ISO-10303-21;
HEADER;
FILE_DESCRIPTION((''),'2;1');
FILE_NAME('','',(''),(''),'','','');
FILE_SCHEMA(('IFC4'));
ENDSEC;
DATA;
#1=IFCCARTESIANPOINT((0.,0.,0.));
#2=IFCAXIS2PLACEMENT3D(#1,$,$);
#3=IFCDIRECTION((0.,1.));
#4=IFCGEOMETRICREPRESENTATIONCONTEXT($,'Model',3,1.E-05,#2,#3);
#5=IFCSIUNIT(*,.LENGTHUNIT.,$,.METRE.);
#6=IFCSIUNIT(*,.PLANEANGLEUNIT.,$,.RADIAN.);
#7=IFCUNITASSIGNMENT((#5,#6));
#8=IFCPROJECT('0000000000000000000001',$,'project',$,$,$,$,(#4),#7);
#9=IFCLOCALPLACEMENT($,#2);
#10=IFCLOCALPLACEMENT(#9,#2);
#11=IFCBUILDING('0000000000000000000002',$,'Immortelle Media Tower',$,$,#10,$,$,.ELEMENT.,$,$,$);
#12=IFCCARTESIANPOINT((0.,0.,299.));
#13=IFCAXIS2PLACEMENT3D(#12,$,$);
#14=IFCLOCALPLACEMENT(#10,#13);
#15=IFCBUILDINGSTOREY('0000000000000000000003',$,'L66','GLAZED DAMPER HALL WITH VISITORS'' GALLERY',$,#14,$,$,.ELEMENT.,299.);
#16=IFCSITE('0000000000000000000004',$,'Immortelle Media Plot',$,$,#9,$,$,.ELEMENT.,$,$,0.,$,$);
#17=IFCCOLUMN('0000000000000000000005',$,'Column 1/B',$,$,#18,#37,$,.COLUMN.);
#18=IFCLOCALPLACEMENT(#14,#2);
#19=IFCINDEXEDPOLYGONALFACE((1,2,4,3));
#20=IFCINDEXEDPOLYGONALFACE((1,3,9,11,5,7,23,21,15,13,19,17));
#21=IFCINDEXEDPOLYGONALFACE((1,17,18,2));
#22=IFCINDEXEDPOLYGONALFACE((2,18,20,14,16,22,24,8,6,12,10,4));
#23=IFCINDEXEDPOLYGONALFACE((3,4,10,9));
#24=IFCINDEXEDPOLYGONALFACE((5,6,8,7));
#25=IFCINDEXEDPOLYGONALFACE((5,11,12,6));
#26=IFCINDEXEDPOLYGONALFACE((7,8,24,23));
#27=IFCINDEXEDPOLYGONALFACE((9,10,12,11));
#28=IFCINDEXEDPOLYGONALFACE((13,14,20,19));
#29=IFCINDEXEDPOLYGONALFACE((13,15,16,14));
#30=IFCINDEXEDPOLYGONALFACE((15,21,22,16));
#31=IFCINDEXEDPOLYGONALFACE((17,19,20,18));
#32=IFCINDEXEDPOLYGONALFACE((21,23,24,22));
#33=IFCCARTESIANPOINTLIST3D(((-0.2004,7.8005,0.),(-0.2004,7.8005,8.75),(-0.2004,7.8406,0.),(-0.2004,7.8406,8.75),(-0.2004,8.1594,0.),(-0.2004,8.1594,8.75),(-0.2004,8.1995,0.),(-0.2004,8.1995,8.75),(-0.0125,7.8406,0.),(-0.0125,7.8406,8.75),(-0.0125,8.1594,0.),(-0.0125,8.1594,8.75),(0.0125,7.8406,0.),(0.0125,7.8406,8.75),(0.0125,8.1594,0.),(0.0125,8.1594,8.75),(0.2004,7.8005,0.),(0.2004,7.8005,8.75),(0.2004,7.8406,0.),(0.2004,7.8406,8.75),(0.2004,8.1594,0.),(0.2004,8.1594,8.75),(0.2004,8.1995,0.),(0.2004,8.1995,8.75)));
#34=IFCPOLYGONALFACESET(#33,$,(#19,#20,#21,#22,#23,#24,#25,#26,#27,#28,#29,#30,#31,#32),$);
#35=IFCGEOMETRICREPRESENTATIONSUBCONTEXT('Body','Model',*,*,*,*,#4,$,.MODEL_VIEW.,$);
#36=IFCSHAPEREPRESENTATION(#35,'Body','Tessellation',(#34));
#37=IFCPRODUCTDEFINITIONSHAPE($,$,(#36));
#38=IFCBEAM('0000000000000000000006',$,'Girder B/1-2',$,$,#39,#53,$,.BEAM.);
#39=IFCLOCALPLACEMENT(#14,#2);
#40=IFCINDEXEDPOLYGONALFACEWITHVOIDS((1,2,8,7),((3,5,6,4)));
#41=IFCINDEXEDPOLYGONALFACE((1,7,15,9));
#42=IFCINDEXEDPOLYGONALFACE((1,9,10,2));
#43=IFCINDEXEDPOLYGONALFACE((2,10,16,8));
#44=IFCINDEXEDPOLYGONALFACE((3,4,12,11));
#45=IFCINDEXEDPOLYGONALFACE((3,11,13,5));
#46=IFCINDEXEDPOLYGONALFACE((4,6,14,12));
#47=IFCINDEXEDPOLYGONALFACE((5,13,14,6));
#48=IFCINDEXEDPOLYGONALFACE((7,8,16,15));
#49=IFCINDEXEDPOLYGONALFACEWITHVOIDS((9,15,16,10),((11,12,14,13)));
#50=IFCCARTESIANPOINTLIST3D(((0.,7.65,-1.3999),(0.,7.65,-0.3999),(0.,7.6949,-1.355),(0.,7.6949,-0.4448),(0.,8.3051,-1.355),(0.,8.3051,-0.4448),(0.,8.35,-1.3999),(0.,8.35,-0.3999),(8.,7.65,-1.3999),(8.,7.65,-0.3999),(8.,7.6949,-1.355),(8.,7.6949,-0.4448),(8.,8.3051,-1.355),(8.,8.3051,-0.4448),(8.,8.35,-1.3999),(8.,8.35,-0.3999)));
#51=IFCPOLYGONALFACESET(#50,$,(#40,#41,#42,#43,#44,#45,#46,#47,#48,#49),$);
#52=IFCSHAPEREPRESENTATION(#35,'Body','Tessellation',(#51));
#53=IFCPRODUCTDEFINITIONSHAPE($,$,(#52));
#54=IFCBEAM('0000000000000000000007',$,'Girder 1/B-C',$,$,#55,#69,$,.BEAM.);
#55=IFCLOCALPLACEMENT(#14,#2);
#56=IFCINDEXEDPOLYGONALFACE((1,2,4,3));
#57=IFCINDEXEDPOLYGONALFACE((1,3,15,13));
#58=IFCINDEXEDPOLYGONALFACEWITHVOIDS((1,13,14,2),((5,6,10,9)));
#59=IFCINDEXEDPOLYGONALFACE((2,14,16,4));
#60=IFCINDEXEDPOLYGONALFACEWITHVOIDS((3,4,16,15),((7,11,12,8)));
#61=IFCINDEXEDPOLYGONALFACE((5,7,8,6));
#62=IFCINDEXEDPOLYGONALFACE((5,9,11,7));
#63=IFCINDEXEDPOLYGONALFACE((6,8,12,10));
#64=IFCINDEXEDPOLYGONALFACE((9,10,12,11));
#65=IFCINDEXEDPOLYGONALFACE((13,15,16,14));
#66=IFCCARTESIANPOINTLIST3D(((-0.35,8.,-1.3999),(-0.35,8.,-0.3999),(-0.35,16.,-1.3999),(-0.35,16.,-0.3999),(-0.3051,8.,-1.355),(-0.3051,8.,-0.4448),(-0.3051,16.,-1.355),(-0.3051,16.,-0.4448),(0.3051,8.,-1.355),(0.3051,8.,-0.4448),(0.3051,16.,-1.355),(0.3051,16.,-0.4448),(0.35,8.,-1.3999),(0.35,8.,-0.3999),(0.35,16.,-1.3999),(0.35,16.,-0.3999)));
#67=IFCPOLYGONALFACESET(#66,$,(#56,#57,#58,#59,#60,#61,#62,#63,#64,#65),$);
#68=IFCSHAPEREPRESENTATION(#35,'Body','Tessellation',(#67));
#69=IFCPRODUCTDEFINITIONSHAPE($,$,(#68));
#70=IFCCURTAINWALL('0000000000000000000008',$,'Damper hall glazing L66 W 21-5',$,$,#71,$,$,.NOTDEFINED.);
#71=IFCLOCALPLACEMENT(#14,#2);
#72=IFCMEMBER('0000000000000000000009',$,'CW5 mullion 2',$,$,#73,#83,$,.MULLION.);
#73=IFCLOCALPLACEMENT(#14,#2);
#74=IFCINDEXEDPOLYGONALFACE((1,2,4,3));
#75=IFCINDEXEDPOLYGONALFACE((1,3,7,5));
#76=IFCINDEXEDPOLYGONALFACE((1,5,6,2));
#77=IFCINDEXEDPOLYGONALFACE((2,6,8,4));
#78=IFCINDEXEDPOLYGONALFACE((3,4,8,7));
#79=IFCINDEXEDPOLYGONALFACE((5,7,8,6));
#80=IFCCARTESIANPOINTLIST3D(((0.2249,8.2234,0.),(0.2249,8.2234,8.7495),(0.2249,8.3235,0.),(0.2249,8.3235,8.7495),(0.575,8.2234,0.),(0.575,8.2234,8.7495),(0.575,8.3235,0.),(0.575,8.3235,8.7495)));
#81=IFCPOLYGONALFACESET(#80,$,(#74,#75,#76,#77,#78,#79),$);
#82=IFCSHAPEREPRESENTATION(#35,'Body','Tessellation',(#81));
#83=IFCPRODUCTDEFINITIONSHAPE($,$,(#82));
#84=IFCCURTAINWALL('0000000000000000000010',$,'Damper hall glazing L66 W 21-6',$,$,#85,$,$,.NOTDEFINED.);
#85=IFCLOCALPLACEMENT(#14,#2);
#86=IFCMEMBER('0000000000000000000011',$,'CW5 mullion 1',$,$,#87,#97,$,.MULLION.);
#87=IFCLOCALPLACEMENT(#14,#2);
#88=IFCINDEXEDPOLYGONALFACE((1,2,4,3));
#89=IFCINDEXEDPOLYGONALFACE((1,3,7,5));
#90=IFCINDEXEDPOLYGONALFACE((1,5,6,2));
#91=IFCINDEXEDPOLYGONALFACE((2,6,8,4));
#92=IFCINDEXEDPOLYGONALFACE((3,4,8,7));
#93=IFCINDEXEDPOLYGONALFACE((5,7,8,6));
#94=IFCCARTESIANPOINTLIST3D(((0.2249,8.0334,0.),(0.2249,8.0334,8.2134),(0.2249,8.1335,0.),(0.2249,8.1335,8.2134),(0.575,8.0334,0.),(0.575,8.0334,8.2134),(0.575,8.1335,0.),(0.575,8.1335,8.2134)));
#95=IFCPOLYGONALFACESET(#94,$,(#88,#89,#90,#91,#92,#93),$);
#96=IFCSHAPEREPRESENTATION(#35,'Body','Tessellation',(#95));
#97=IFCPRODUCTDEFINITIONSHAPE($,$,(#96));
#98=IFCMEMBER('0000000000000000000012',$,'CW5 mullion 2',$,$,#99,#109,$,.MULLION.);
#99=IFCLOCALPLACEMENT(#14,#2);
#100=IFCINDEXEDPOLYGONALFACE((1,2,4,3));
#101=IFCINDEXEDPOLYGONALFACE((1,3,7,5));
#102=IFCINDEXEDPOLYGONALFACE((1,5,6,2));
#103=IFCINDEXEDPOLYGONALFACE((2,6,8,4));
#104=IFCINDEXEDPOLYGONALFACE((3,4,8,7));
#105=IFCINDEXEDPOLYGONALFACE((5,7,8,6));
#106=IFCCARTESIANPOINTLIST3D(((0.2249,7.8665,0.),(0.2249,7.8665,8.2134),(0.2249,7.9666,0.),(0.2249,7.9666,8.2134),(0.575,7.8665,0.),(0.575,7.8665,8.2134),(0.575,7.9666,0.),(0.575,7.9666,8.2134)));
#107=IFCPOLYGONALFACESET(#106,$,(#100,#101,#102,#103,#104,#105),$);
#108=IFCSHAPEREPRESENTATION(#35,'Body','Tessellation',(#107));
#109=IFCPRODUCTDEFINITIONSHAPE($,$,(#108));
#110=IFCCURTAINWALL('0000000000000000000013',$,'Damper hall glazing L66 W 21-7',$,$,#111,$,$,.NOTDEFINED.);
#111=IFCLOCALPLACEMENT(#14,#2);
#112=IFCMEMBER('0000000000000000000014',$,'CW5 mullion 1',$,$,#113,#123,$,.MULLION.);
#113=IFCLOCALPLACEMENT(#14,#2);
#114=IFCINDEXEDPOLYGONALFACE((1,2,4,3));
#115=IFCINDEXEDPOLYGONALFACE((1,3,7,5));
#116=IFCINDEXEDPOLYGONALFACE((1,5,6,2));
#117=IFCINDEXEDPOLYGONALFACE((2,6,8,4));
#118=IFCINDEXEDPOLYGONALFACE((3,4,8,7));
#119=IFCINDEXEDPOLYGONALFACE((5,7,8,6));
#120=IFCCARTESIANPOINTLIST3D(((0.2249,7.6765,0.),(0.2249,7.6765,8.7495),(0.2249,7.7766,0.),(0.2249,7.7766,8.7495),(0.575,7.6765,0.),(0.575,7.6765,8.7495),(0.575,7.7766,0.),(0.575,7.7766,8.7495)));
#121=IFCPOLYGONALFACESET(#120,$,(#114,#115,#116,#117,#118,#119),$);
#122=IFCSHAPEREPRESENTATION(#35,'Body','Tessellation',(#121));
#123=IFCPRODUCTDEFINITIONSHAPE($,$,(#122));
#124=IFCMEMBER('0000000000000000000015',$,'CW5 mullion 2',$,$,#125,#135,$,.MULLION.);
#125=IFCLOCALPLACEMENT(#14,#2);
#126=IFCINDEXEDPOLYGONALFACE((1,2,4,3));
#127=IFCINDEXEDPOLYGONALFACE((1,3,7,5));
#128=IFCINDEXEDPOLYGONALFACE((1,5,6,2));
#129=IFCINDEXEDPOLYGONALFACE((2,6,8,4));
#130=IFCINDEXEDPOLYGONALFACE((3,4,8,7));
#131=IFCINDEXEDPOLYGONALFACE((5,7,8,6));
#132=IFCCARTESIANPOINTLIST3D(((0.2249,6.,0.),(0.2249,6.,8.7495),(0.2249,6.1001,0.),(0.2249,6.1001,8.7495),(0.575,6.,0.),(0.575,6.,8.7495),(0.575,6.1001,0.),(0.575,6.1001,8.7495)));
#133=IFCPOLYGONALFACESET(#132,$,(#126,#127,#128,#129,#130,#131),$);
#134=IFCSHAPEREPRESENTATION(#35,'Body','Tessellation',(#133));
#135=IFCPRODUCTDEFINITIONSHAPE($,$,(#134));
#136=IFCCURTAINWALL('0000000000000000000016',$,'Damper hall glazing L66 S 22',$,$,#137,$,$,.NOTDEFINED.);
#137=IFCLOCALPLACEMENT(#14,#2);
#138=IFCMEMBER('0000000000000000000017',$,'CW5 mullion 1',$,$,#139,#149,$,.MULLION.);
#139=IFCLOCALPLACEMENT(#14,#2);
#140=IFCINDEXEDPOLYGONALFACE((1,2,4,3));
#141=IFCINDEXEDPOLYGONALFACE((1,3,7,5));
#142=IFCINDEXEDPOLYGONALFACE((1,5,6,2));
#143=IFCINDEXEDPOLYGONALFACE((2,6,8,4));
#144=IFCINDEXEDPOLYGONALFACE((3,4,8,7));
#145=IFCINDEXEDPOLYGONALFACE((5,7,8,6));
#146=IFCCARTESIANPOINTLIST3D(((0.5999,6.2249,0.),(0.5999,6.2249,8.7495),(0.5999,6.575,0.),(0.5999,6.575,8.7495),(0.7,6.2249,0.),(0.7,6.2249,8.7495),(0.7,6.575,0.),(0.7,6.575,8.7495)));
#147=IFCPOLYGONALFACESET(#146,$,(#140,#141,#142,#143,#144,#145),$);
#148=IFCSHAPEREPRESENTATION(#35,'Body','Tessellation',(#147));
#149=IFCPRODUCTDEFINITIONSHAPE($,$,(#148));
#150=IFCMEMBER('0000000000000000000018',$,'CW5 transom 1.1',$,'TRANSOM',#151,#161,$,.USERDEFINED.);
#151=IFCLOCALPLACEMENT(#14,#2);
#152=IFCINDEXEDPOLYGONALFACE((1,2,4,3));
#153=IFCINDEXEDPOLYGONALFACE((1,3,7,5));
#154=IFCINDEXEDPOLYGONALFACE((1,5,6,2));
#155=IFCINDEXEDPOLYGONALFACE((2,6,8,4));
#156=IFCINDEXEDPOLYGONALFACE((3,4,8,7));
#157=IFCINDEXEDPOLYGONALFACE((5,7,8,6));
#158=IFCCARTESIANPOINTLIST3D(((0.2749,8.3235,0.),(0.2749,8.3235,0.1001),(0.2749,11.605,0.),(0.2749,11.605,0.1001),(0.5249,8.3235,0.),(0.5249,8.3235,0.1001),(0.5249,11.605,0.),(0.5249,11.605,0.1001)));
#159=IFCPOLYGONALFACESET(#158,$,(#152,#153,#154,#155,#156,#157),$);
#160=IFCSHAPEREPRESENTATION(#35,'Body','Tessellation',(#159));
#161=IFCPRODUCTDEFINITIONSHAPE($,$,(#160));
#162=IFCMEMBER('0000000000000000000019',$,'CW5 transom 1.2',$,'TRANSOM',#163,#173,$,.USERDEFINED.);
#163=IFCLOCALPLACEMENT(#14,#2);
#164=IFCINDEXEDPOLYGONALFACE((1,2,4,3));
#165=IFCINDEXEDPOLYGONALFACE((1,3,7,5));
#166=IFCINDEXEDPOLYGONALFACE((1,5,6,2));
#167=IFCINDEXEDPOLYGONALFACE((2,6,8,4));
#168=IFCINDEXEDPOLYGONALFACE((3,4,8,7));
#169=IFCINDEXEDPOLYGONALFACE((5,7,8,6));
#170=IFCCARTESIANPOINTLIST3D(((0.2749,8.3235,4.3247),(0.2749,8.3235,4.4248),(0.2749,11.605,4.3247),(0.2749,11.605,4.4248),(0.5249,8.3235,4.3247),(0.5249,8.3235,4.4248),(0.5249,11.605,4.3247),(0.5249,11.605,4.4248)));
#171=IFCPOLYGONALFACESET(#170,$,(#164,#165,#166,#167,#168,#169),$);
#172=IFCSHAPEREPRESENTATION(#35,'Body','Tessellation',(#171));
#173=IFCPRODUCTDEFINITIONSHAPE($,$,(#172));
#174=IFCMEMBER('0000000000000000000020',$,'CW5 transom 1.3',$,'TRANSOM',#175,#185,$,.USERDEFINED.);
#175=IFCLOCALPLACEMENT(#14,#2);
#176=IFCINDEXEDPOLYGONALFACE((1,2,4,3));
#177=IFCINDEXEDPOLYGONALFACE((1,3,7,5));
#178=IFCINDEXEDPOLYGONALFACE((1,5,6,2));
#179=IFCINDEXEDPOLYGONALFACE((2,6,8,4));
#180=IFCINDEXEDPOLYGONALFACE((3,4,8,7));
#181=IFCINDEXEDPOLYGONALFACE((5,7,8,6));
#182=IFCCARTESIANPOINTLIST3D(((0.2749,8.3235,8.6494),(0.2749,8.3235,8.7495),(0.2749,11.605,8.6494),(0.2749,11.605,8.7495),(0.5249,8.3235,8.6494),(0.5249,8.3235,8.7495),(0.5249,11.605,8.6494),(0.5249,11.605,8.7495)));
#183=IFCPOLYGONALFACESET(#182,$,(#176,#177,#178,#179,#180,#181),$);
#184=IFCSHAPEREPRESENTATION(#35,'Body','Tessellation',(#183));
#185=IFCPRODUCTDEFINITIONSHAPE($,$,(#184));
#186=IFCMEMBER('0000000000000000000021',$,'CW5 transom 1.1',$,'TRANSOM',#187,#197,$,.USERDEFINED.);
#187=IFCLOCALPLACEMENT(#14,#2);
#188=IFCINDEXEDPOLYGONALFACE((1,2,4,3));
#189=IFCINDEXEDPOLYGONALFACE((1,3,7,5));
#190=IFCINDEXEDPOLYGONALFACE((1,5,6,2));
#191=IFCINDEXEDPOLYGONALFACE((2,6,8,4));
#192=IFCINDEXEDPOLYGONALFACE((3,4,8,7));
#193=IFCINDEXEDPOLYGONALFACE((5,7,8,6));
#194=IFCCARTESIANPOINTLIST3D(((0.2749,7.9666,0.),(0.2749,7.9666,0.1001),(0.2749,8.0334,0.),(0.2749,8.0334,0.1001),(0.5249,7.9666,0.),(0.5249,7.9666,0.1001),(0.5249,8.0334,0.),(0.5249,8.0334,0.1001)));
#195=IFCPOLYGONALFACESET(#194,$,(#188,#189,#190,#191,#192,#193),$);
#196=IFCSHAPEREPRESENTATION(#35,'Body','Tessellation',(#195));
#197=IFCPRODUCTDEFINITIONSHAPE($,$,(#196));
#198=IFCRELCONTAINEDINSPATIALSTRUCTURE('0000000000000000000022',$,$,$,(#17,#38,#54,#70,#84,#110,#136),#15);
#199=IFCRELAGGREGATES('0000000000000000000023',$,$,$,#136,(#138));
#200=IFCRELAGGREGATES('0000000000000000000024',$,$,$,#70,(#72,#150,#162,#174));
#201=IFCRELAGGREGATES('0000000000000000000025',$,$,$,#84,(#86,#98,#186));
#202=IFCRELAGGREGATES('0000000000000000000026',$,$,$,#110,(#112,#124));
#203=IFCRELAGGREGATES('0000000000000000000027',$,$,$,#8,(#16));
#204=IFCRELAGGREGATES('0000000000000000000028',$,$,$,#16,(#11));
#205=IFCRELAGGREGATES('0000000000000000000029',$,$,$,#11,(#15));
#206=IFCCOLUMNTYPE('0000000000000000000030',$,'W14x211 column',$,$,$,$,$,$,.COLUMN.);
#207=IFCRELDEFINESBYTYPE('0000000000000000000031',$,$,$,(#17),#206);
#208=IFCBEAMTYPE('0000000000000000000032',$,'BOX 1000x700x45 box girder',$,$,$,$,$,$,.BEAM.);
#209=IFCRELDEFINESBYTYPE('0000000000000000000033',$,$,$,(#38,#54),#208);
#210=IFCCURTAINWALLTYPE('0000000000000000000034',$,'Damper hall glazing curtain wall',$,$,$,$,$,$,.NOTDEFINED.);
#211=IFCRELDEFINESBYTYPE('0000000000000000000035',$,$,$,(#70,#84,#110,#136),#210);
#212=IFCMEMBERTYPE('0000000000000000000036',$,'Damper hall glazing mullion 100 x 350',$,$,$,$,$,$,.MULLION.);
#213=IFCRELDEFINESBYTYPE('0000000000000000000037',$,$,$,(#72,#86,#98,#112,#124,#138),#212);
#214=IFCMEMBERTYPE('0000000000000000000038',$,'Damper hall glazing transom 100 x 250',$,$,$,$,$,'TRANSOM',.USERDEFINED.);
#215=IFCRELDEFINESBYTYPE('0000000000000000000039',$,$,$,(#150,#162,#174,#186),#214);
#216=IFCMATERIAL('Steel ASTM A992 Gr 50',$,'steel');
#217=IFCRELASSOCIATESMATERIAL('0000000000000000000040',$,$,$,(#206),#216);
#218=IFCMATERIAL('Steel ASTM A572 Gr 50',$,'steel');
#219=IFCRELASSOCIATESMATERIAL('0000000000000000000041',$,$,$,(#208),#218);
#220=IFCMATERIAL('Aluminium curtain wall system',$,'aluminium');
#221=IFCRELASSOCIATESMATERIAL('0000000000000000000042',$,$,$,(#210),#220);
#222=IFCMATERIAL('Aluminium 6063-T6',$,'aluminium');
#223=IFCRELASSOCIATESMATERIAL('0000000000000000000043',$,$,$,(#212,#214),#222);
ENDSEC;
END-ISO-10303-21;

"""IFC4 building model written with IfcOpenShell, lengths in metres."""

from ifc_helpers import new_model, si_unit, direction, frame, origin, origin_2d, place, context, subcontext, project, spatial, rectangle, hollow_rectangle, i_section, extrude, material, material_profile, profile_set, type_object, element, aggregate, save


model = new_model("IFC4")

# Units and contexts
model_context = context("Model", 3, precision=1e-05, world=origin(), true_north=direction((0.0, 1.0)))
body_context = subcontext(model_context, "Body", "Model", "MODEL_VIEW")
ifc_project = project(units=[si_unit("LENGTHUNIT", "METRE"), si_unit("PLANEANGLEUNIT", "RADIAN")], contexts=[model_context])

# Site, building, storey
site_placement = place(None, origin())
site = spatial("IfcSite", under=ifc_project, at=site_placement, Name="Immortelle Media Plot", CompositionType="ELEMENT", RefElevation=0.0)
building_placement = place(site_placement, origin())
building = spatial("IfcBuilding", under=site, at=building_placement, Name="Immortelle Media Tower", CompositionType="ELEMENT")
storey_placement = place(building_placement, frame((0.0, 0.0, 299.0)))
storey = spatial("IfcBuildingStorey", under=building, at=storey_placement, Name="L66", Description="GLAZED DAMPER HALL WITH VISITORS' GALLERY", CompositionType="ELEMENT", Elevation=299.0)

# Column
ifc_material_1 = material(Name="Steel ASTM A992 Gr 50", Category="steel")
ifc_material_profile_1 = material_profile(ifc_material_1, i_section(OverallWidth=0.4009, OverallDepth=0.3989, WebThickness=0.0249, FlangeThickness=0.04, at=origin_2d()), Name="W14x211")
ifc_profile_set_1 = profile_set([ifc_material_profile_1], Name="Steel ASTM A992 Gr 50")
column_type = type_object("IfcColumnType", Name="W14x211 column", PredefinedType="COLUMN", material=ifc_profile_set_1)
column_placement = place(storey_placement, frame((0.0, 8.0, 0.0), z_axis=(0.0, 0.0, 1.0), x_axis=(1.0, 0.0, 0.0)))
element("IfcColumn", 1, at=column_placement, inside=storey, type_object=column_type, Name="Column 1/B", PredefinedType="COLUMN", context=body_context, shape_type="SweptSolid", body=[
    extrude(i_section(OverallWidth=0.4009, OverallDepth=0.3989, WebThickness=0.0249, FlangeThickness=0.04, at=origin_2d()), origin(), (0.0, 0.0, 1.0), 8.75),
])

# Beams
ifc_material_2 = material(Name="Steel ASTM A572 Gr 50", Category="steel")
ifc_material_profile_2 = material_profile(ifc_material_2, hollow_rectangle(XDim=0.7, YDim=1.0, WallThickness=0.0449, at=origin_2d()), Name="BOX 1000x700x45 box girder")
ifc_profile_set_2 = profile_set([ifc_material_profile_2], Name="Steel ASTM A572 Gr 50")
beam_type_1 = type_object("IfcBeamType", Name="BOX 1000x700x45 box girder", PredefinedType="BEAM", material=ifc_profile_set_2)
for number, where, z_axis, x_axis, name in (
    (2, (0.0, 8.0, -0.8999), (1.0, 0.0, 0.0), (0.0, 1.0, 0.0), "Girder B/1-2"),
    (3, (0.0, 8.0, -0.8999), (0.0, 1.0, 0.0), (-1.0, 0.0, 0.0), "Girder 1/B-C"),
):
    element("IfcBeam", number, at=place(storey_placement, frame(where, z_axis=z_axis, x_axis=x_axis)), inside=storey, type_object=beam_type_1, Name=name, PredefinedType="BEAM", context=body_context, shape_type="SweptSolid", body=[
        extrude(hollow_rectangle(XDim=0.7, YDim=1.0, WallThickness=0.0449, at=origin_2d()), origin(), (0.0, 0.0, 1.0), 8.0),
    ])

# Curtain wall, member
ifc_material_3 = material(Name="Aluminium curtain wall system", Category="aluminium")
curtain_wall_type = type_object("IfcCurtainWallType", Name="Damper hall glazing curtain wall", PredefinedType="NOTDEFINED", material=ifc_material_3)
curtain_wall_1_placement = place(storey_placement, origin())
curtain_wall_1 = element("IfcCurtainWall", 4, at=curtain_wall_1_placement, inside=storey, type_object=curtain_wall_type, Name="Damper hall glazing L66 W 21-5", PredefinedType="NOTDEFINED")
ifc_material_4 = material(Name="Aluminium 6063-T6", Category="aluminium")
ifc_material_profile_3 = material_profile(ifc_material_4, rectangle(XDim=0.3501, YDim=0.1001, at=origin_2d()), Name="AL 100x350")
ifc_profile_set_3 = profile_set([ifc_material_profile_3], Name="Aluminium 6063-T6")
member_type_1 = type_object("IfcMemberType", Name="Damper hall glazing mullion 100 x 350", PredefinedType="MULLION", material=ifc_profile_set_3)
member_1_placement = place(storey_placement, frame((0.3999, 8.2734, 0.0), z_axis=(0.0, 0.0, 1.0), x_axis=(1.0, 0.0, 0.0)))
member_1 = element("IfcMember", 5, at=member_1_placement, type_object=member_type_1, Name="CW5 mullion 2", PredefinedType="MULLION", context=body_context, shape_type="SweptSolid", body=[
    extrude(rectangle(XDim=0.3501, YDim=0.1001, at=origin_2d()), origin(), (0.0, 0.0, 1.0), 8.7495),
])

# Curtain walls, members
curtain_wall_2_placement = place(storey_placement, origin())
curtain_wall_2 = element("IfcCurtainWall", 6, at=curtain_wall_2_placement, inside=storey, type_object=curtain_wall_type, Name="Damper hall glazing L66 W 21-6", PredefinedType="NOTDEFINED")
member_2_placement = place(storey_placement, frame((0.3999, 8.0835, 0.0), z_axis=(0.0, 0.0, 1.0), x_axis=(1.0, 0.0, 0.0)))
member_2 = element("IfcMember", 7, at=member_2_placement, type_object=member_type_1, Name="CW5 mullion 1", PredefinedType="MULLION", context=body_context, shape_type="SweptSolid", body=[
    extrude(rectangle(XDim=0.3501, YDim=0.1001, at=origin_2d()), origin(), (0.0, 0.0, 1.0), 8.2134),
])
member_3_placement = place(storey_placement, frame((0.3999, 7.9165, 0.0), z_axis=(0.0, 0.0, 1.0), x_axis=(1.0, 0.0, 0.0)))
member_3 = element("IfcMember", 8, at=member_3_placement, type_object=member_type_1, Name="CW5 mullion 2", PredefinedType="MULLION", context=body_context, shape_type="SweptSolid", body=[
    extrude(rectangle(XDim=0.3501, YDim=0.1001, at=origin_2d()), origin(), (0.0, 0.0, 1.0), 8.2134),
])
curtain_wall_3_placement = place(storey_placement, origin())
curtain_wall_3 = element("IfcCurtainWall", 9, at=curtain_wall_3_placement, inside=storey, type_object=curtain_wall_type, Name="Damper hall glazing L66 W 21-7", PredefinedType="NOTDEFINED")
member_4_placement = place(storey_placement, frame((0.3999, 7.7266, 0.0), z_axis=(0.0, 0.0, 1.0), x_axis=(1.0, 0.0, 0.0)))
member_4 = element("IfcMember", 10, at=member_4_placement, type_object=member_type_1, Name="CW5 mullion 1", PredefinedType="MULLION", context=body_context, shape_type="SweptSolid", body=[
    extrude(rectangle(XDim=0.3501, YDim=0.1001, at=origin_2d()), origin(), (0.0, 0.0, 1.0), 8.7495),
])
member_5_placement = place(storey_placement, frame((0.3999, 6.05, 0.0), z_axis=(0.0, 0.0, 1.0), x_axis=(1.0, 0.0, 0.0)))
member_5 = element("IfcMember", 11, at=member_5_placement, type_object=member_type_1, Name="CW5 mullion 2", PredefinedType="MULLION", context=body_context, shape_type="SweptSolid", body=[
    extrude(rectangle(XDim=0.3501, YDim=0.1001, at=origin_2d()), origin(), (0.0, 0.0, 1.0), 8.7495),
])

# Curtain wall, member
curtain_wall_4_placement = place(storey_placement, origin())
curtain_wall_4 = element("IfcCurtainWall", 12, at=curtain_wall_4_placement, inside=storey, type_object=curtain_wall_type, Name="Damper hall glazing L66 S 22", PredefinedType="NOTDEFINED")
member_6_placement = place(storey_placement, frame((0.6499, 6.3999, 0.0), z_axis=(0.0, 0.0, 1.0), x_axis=(0.0, 1.0, 0.0)))
member_6 = element("IfcMember", 13, at=member_6_placement, type_object=member_type_1, Name="CW5 mullion 1", PredefinedType="MULLION", context=body_context, shape_type="SweptSolid", body=[
    extrude(rectangle(XDim=0.3501, YDim=0.1001, at=origin_2d()), origin(), (0.0, 0.0, 1.0), 8.7495),
])

# Members
ifc_material_profile_4 = material_profile(ifc_material_4, rectangle(XDim=0.25, YDim=0.1001, at=origin_2d()), Name="AL 100x250")
ifc_profile_set_4 = profile_set([ifc_material_profile_4], Name="Aluminium 6063-T6")
member_type_2 = type_object("IfcMemberType", Name="Damper hall glazing transom 100 x 250", ElementType="TRANSOM", PredefinedType="USERDEFINED", material=ifc_profile_set_4)
member_7_placement = place(storey_placement, frame((0.3999, 11.605, 0.05), z_axis=(0.0, -1.0, 0.0), x_axis=(1.0, 0.0, 0.0)))
member_7 = element("IfcMember", 14, at=member_7_placement, type_object=member_type_2, Name="CW5 transom 1.1", ObjectType="TRANSOM", PredefinedType="USERDEFINED", context=body_context, shape_type="SweptSolid", body=[
    extrude(rectangle(XDim=0.25, YDim=0.1001, at=origin_2d()), origin(), (0.0, 0.0, 1.0), 3.2815),
])
member_8_placement = place(storey_placement, frame((0.3999, 11.605, 4.3748), z_axis=(0.0, -1.0, 0.0), x_axis=(1.0, 0.0, 0.0)))
member_8 = element("IfcMember", 15, at=member_8_placement, type_object=member_type_2, Name="CW5 transom 1.2", ObjectType="TRANSOM", PredefinedType="USERDEFINED", context=body_context, shape_type="SweptSolid", body=[
    extrude(rectangle(XDim=0.25, YDim=0.1001, at=origin_2d()), origin(), (0.0, 0.0, 1.0), 3.2815),
])
member_9_placement = place(storey_placement, frame((0.3999, 11.605, 8.6995), z_axis=(0.0, -1.0, 0.0), x_axis=(1.0, 0.0, 0.0)))
member_9 = element("IfcMember", 16, at=member_9_placement, type_object=member_type_2, Name="CW5 transom 1.3", ObjectType="TRANSOM", PredefinedType="USERDEFINED", context=body_context, shape_type="SweptSolid", body=[
    extrude(rectangle(XDim=0.25, YDim=0.1001, at=origin_2d()), origin(), (0.0, 0.0, 1.0), 3.2815),
])
member_10_placement = place(storey_placement, frame((0.3999, 8.0334, 0.05), z_axis=(0.0, -1.0, 0.0), x_axis=(1.0, 0.0, 0.0)))
member_10 = element("IfcMember", 17, at=member_10_placement, type_object=member_type_2, Name="CW5 transom 1.1", ObjectType="TRANSOM", PredefinedType="USERDEFINED", context=body_context, shape_type="SweptSolid", body=[
    extrude(rectangle(XDim=0.25, YDim=0.1001, at=origin_2d()), origin(), (0.0, 0.0, 1.0), 0.0669),
])
aggregate(curtain_wall_4, [member_6])

aggregate(curtain_wall_1, [member_1, member_7, member_8, member_9])
aggregate(curtain_wall_2, [member_2, member_3, member_10])
aggregate(curtain_wall_3, [member_4, member_5])

save(model, "model.ifc")
